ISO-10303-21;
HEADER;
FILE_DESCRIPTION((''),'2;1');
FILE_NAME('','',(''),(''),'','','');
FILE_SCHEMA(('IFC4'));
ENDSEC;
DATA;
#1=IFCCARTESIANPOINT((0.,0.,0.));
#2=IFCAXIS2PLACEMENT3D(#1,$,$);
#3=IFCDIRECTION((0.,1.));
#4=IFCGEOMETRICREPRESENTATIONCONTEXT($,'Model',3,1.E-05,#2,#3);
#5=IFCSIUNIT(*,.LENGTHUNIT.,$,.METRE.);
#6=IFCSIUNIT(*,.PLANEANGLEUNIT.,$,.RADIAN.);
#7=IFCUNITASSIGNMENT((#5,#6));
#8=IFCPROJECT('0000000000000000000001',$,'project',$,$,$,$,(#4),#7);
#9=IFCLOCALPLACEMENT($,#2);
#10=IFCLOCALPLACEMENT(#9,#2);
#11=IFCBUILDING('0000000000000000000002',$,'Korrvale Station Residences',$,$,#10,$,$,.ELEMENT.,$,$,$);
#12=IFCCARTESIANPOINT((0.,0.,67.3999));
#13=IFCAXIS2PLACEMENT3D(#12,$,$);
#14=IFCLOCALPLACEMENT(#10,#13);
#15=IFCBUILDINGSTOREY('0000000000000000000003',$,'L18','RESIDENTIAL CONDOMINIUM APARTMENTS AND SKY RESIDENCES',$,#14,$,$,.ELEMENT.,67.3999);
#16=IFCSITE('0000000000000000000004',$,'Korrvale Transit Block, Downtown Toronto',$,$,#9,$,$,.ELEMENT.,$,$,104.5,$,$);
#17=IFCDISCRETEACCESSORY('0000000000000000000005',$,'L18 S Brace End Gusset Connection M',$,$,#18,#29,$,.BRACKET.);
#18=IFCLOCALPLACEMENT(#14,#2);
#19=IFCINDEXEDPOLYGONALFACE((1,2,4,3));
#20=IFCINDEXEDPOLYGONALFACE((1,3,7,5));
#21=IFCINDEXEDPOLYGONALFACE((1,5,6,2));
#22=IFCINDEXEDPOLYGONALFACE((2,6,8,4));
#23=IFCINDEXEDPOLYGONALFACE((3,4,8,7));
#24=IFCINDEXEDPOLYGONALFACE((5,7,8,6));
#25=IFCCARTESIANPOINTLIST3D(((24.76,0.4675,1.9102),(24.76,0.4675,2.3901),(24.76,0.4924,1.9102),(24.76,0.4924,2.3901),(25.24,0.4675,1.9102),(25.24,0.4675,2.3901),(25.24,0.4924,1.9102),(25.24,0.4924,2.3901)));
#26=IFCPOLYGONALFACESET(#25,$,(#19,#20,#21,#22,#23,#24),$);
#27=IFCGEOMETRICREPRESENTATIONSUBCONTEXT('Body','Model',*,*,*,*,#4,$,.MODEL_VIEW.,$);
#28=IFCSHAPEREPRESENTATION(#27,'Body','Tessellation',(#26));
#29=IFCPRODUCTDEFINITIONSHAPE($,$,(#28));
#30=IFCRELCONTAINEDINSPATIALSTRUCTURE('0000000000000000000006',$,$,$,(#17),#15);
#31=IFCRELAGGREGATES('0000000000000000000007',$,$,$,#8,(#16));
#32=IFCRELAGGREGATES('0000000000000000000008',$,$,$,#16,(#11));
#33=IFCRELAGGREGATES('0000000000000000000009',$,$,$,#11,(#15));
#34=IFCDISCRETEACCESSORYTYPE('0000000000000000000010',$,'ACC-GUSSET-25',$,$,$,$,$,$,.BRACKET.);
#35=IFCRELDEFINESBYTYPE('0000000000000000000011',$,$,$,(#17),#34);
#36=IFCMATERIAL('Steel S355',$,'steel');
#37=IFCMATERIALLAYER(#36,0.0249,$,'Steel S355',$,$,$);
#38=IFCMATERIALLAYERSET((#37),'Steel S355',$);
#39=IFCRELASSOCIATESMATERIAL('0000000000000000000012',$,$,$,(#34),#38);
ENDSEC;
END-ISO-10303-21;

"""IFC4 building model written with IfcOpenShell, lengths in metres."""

from ifc_helpers import new_model, si_unit, direction, frame, origin, origin_2d, place, context, subcontext, project, spatial, rectangle, extrude, material, layer, layer_set, type_object, element, save


model = new_model("IFC4")

# Units and contexts
model_context = context("Model", 3, precision=1e-05, world=origin(), true_north=direction((0.0, 1.0)))
body_context = subcontext(model_context, "Body", "Model", "MODEL_VIEW")
ifc_project = project(units=[si_unit("LENGTHUNIT", "METRE"), si_unit("PLANEANGLEUNIT", "RADIAN")], contexts=[model_context])

# Site, building, storey
site_placement = place(None, origin())
site = spatial("IfcSite", under=ifc_project, at=site_placement, Name="Korrvale Transit Block, Downtown Toronto", CompositionType="ELEMENT", RefElevation=104.5)
building_placement = place(site_placement, origin())
building = spatial("IfcBuilding", under=site, at=building_placement, Name="Korrvale Station Residences", CompositionType="ELEMENT")
storey_placement = place(building_placement, frame((0.0, 0.0, 67.3999)))
storey = spatial("IfcBuildingStorey", under=building, at=storey_placement, Name="L18", Description="RESIDENTIAL CONDOMINIUM APARTMENTS AND SKY RESIDENCES", CompositionType="ELEMENT", Elevation=67.3999)

# Shared definitions
ifc_material_1 = material(Name="Steel S355", Category="steel")

# Discrete accessory
ifc_layer_1 = layer(ifc_material_1, 0.0249, Name="Steel S355")
ifc_layer_set_1 = layer_set([ifc_layer_1], Name="Steel S355")
discrete_accessory_type = type_object("IfcDiscreteAccessoryType", Name="ACC-GUSSET-25", PredefinedType="BRACKET", material=ifc_layer_set_1)
for number, where, z_axis, x_axis, name in (
    (1, (25.0, 0.48, 1.9102), (0.0, 0.0, 1.0), (1.0, 0.0, 0.0), "L18 S Brace End Gusset Connection M"),
):
    element("IfcDiscreteAccessory", number, at=place(storey_placement, frame(where, z_axis=z_axis, x_axis=x_axis)), inside=storey, type_object=discrete_accessory_type, Name=name, PredefinedType="BRACKET", context=body_context, shape_type="SweptSolid", body=[
        extrude(rectangle(XDim=0.48, YDim=0.0249, at=origin_2d()), origin(), (0.0, 0.0, 1.0), 0.48),
    ])

save(model, "model.ifc")
